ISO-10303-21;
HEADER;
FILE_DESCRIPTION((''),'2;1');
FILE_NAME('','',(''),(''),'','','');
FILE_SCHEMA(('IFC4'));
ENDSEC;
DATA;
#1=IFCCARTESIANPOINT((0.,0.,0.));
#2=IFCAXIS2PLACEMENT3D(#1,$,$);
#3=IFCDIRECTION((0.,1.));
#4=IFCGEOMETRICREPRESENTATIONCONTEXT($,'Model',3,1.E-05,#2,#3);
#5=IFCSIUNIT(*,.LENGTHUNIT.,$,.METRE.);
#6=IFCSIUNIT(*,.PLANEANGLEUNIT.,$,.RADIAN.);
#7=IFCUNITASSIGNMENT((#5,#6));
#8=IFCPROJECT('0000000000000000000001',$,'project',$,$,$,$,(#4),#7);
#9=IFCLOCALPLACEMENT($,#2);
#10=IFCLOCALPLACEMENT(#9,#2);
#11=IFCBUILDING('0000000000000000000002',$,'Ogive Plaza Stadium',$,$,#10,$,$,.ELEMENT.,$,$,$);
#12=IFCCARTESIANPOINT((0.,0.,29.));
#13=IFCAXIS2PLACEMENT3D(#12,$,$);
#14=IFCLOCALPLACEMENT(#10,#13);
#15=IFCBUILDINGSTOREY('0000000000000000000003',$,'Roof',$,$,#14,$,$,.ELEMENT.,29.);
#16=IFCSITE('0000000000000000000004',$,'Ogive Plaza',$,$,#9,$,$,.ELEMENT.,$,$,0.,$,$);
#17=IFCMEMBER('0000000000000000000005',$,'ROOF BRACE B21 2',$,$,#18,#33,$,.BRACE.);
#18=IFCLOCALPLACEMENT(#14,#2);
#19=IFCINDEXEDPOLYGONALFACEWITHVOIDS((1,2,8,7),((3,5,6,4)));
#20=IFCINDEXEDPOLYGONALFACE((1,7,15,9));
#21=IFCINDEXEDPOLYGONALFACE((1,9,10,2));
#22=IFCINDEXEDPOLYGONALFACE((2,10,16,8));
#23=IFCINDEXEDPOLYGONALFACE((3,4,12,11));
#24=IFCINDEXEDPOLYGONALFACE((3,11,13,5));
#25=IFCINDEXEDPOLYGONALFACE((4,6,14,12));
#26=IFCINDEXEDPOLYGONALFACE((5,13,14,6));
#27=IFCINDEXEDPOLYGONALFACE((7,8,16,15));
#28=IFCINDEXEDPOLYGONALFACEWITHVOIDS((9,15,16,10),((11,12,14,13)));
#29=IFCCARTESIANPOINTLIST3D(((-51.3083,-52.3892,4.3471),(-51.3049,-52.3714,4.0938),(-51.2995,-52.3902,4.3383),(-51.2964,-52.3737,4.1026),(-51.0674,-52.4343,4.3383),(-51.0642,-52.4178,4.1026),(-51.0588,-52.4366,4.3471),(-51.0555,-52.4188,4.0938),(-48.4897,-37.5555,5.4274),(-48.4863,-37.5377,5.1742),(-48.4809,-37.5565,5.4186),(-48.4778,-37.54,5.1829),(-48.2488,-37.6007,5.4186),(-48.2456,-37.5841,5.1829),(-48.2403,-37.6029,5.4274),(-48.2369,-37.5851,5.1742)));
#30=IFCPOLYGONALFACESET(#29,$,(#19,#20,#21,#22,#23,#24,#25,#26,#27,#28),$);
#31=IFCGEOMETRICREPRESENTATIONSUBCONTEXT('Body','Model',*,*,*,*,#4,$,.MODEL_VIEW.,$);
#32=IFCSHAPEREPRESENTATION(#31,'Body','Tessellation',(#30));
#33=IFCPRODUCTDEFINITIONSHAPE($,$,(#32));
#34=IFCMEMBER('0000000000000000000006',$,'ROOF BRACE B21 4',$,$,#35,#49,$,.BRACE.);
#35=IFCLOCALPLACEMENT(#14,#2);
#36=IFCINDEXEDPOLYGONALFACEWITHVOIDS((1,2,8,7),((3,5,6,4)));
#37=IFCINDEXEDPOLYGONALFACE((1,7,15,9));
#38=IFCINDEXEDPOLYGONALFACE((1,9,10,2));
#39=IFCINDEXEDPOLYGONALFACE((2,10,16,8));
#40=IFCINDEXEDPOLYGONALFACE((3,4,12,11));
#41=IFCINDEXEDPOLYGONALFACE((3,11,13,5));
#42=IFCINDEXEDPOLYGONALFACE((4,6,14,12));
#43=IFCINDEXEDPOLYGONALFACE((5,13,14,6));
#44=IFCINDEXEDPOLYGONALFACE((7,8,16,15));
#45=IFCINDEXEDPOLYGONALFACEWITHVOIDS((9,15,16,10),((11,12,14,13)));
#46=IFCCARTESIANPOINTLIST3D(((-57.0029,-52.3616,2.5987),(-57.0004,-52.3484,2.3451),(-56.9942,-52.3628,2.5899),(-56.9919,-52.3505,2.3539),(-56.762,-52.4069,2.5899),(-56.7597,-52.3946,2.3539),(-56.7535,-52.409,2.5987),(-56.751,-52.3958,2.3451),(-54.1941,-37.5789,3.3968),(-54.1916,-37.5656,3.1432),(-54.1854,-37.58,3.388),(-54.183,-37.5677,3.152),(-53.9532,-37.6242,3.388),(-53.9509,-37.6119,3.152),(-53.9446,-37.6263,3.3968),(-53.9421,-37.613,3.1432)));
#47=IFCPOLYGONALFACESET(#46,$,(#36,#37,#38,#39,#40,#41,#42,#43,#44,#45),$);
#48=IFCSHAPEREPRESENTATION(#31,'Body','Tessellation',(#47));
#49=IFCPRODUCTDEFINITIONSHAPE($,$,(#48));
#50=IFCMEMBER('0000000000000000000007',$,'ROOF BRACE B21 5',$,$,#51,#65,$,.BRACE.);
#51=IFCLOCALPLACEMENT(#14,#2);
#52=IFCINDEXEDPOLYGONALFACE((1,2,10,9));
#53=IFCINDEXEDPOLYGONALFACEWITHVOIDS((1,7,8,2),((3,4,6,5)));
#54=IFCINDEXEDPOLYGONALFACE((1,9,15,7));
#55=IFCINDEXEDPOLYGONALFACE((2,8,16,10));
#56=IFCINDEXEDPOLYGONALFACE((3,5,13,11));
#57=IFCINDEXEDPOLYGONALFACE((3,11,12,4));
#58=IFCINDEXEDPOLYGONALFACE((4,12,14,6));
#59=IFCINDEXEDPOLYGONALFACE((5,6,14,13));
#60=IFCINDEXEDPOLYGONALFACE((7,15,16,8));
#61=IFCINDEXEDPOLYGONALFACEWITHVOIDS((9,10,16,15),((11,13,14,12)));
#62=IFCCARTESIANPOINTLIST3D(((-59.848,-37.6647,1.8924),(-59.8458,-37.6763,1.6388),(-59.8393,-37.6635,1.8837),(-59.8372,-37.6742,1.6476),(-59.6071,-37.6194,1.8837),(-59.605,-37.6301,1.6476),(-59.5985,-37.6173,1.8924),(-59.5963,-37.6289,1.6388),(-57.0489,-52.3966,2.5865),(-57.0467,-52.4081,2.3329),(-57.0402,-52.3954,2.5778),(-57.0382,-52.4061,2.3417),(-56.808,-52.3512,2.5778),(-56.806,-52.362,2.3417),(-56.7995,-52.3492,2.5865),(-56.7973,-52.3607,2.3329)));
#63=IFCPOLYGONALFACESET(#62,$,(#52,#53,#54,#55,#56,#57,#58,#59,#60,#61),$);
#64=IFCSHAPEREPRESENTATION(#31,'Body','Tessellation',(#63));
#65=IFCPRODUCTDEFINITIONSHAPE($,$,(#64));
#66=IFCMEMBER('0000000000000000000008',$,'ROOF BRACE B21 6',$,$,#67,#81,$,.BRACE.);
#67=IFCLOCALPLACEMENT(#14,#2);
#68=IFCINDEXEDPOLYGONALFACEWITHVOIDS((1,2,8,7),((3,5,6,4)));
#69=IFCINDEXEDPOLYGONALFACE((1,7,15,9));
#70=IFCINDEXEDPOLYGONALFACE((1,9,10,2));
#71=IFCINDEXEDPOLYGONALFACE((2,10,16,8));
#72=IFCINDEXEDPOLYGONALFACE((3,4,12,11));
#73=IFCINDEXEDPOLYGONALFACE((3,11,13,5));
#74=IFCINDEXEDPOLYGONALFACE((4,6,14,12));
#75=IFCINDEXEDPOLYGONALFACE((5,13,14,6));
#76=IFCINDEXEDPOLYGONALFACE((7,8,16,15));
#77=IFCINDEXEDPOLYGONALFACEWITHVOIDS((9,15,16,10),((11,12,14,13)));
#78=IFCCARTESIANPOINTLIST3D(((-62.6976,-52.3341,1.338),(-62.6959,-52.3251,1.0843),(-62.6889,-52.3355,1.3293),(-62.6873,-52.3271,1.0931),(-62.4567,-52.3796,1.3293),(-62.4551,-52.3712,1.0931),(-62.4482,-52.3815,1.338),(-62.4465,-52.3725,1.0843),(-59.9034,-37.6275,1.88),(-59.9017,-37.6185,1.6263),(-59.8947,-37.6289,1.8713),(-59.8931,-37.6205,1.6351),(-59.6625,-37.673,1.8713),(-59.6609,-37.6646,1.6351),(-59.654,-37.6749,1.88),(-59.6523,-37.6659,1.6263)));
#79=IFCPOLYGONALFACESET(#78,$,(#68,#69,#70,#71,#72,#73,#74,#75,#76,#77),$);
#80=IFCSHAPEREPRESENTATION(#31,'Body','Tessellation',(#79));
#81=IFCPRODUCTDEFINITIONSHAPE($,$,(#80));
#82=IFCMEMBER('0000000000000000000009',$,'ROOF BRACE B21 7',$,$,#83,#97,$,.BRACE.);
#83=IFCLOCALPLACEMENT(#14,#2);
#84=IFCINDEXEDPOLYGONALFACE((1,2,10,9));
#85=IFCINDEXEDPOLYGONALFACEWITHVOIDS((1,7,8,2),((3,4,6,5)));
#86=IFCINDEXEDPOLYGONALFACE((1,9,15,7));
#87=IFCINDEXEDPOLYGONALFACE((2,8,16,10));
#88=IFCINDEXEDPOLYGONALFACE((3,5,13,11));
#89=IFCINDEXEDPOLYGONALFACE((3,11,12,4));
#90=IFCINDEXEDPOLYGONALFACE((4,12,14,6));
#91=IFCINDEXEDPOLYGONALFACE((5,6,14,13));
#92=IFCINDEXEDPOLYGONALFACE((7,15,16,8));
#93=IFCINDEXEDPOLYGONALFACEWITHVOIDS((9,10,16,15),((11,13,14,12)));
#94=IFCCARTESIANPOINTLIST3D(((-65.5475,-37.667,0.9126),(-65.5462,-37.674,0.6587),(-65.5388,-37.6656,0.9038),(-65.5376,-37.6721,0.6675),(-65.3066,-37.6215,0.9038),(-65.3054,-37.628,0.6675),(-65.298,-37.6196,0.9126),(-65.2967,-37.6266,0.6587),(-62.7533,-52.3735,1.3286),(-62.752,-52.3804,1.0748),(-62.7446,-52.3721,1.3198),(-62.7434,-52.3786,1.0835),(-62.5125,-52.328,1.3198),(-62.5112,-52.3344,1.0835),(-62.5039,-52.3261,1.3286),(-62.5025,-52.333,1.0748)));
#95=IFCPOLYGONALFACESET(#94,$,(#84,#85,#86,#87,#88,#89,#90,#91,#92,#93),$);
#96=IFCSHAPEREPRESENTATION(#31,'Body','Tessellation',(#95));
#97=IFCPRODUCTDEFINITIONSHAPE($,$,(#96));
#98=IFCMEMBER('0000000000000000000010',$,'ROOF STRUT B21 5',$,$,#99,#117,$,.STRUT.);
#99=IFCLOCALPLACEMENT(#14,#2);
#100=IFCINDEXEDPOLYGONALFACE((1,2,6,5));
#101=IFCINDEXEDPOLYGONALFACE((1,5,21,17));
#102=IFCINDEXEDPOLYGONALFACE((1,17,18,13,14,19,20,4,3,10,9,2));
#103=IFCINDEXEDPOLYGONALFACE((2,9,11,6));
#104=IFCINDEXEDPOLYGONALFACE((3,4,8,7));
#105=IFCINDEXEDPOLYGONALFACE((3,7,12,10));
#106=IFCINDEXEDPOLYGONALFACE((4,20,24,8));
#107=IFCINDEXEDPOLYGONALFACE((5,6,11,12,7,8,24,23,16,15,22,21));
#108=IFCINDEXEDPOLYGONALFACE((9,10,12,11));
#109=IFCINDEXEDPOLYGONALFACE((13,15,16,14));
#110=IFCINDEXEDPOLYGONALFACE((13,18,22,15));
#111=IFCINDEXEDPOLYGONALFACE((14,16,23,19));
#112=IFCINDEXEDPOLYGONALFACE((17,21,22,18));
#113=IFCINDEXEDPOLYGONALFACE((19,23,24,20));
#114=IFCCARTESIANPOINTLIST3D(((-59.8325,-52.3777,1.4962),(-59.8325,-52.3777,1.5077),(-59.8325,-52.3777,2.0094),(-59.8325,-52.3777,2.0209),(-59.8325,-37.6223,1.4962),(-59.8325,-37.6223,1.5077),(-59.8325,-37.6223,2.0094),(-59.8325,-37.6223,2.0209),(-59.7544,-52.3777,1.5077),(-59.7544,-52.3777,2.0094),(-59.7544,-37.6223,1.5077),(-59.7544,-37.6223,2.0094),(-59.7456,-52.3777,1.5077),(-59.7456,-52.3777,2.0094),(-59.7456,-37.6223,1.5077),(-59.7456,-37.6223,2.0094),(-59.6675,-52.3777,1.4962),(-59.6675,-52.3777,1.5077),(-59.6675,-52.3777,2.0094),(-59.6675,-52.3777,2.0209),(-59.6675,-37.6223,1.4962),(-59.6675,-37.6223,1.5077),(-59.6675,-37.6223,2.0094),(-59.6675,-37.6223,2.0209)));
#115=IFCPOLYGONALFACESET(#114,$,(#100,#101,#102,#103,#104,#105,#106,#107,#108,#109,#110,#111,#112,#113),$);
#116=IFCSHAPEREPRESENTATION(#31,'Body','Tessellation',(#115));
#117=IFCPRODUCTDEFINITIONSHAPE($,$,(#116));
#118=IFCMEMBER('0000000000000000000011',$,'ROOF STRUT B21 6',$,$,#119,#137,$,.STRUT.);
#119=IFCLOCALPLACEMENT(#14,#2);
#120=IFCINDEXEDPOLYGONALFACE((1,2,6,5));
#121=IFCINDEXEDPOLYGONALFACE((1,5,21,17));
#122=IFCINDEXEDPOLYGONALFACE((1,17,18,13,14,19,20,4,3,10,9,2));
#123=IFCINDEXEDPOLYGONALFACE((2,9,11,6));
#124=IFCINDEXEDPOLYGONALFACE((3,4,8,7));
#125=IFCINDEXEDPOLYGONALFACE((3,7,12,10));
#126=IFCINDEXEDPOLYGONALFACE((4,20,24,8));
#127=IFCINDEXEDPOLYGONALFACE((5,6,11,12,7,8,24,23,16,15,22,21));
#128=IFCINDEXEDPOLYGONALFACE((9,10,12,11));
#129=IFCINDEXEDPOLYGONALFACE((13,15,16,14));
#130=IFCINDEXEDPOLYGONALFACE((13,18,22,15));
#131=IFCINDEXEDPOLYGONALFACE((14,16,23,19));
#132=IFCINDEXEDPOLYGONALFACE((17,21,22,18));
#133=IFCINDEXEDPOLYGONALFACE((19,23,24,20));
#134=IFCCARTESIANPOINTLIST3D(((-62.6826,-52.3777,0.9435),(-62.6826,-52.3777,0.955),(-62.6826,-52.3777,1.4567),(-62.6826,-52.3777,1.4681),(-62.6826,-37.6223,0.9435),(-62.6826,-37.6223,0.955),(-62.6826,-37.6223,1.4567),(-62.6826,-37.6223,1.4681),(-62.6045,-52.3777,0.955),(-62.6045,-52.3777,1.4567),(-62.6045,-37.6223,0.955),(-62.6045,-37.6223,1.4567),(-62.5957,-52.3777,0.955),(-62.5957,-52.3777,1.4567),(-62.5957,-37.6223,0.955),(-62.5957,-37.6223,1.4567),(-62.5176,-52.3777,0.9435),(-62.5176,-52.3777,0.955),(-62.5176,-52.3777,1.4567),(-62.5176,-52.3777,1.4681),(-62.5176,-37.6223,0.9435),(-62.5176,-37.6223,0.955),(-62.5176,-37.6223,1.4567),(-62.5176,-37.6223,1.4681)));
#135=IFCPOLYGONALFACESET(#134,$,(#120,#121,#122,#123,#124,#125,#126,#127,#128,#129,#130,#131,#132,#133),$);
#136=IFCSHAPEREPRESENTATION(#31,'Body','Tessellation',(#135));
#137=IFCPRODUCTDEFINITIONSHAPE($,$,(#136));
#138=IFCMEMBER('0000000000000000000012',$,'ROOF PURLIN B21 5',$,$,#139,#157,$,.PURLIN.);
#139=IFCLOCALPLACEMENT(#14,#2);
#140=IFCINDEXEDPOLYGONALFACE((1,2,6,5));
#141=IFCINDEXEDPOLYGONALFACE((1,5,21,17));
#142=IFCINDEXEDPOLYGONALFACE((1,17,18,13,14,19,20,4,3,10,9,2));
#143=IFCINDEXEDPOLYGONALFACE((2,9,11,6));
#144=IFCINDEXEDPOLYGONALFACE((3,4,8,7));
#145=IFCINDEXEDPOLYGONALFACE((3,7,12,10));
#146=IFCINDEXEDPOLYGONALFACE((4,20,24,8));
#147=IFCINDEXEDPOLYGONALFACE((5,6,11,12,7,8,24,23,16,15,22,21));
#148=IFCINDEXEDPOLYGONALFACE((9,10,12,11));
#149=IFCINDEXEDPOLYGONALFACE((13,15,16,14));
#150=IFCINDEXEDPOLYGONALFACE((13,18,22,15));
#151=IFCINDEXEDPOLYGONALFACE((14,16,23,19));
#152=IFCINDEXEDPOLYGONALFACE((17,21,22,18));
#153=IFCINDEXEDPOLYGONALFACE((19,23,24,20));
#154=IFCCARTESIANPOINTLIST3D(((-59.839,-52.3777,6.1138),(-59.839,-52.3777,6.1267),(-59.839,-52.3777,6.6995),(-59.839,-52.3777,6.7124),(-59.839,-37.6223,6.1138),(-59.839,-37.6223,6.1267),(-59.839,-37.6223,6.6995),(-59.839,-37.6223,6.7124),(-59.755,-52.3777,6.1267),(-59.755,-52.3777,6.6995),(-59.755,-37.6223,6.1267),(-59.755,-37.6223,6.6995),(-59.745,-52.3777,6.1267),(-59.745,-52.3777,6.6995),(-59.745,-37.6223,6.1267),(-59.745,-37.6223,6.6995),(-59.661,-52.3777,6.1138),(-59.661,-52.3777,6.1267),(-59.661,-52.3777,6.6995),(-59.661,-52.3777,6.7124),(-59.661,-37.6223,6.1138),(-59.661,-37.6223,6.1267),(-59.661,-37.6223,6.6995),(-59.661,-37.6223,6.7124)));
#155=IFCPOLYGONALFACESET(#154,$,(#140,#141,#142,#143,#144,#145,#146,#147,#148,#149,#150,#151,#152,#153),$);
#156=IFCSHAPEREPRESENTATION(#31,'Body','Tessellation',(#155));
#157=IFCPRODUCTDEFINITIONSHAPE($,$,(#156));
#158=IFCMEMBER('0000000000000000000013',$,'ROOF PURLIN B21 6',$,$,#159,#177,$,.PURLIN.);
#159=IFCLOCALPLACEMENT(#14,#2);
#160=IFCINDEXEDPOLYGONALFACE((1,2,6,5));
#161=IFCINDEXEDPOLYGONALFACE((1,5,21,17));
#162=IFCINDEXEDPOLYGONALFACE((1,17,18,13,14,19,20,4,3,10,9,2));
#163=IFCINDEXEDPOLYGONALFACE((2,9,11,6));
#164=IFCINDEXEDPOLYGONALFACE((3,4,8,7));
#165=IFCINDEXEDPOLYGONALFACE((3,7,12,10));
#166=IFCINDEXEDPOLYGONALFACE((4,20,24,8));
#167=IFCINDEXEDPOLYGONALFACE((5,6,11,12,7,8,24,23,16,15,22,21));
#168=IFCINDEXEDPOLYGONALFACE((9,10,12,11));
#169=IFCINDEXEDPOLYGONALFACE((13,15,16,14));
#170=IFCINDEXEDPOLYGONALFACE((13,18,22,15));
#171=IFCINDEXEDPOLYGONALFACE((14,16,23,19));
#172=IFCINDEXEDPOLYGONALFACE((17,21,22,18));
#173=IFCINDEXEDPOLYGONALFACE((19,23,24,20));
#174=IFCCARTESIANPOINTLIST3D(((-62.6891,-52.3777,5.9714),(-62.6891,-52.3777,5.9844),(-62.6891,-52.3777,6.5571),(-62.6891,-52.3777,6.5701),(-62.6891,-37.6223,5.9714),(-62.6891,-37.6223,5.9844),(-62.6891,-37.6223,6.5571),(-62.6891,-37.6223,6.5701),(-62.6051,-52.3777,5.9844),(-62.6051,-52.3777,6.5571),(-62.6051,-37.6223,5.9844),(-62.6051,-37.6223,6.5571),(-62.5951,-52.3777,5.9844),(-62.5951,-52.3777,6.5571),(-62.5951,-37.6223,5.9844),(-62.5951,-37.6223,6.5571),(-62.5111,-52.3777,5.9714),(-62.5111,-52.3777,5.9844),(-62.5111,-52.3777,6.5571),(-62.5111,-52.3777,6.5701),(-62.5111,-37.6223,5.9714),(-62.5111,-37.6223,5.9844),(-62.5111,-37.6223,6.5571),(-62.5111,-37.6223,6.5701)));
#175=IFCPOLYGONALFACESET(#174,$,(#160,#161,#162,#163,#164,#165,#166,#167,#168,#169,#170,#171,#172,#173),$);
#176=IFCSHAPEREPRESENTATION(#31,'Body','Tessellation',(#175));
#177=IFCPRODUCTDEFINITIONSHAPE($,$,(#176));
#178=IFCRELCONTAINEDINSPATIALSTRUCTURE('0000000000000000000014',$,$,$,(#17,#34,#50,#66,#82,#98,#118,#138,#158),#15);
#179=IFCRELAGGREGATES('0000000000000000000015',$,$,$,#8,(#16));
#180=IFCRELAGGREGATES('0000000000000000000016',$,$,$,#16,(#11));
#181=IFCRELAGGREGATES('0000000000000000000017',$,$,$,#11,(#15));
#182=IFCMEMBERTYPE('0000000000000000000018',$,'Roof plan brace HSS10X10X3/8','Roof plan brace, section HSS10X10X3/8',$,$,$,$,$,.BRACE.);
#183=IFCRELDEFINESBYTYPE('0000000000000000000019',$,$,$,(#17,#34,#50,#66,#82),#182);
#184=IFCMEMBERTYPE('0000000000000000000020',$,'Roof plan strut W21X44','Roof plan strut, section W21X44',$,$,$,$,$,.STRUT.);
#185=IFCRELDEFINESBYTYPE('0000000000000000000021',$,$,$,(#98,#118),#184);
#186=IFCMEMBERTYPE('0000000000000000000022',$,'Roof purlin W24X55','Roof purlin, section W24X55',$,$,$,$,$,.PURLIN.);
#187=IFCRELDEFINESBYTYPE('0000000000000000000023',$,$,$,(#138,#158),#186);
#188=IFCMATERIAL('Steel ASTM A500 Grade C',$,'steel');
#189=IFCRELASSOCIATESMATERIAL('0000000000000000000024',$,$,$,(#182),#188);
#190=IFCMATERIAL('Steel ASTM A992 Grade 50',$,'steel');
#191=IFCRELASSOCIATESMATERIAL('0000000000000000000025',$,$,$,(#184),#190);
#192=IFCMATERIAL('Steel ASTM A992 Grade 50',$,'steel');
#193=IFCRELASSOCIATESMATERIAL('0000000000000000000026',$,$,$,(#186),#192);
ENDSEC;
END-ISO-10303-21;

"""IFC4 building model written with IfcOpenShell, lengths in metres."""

from ifc_helpers import new_model, si_unit, direction, frame, origin, origin_2d, place, context, subcontext, project, spatial, hollow_rectangle, i_section, extrude, material, material_profile, profile_set, type_object, element, save


model = new_model("IFC4")

# Units and contexts
model_context = context("Model", 3, precision=1e-05, world=origin(), true_north=direction((0.0, 1.0)))
body_context = subcontext(model_context, "Body", "Model", "MODEL_VIEW")
ifc_project = project(units=[si_unit("LENGTHUNIT", "METRE"), si_unit("PLANEANGLEUNIT", "RADIAN")], contexts=[model_context])

# Site, building, storey
site_placement = place(None, origin())
site = spatial("IfcSite", under=ifc_project, at=site_placement, Name="Ogive Plaza", CompositionType="ELEMENT", RefElevation=0.0)
building_placement = place(site_placement, origin())
building = spatial("IfcBuilding", under=site, at=building_placement, Name="Ogive Plaza Stadium", CompositionType="ELEMENT")
storey_placement = place(building_placement, frame((0.0, 0.0, 29.0)))
storey = spatial("IfcBuildingStorey", under=building, at=storey_placement, Name="Roof", CompositionType="ELEMENT", Elevation=29.0)

# Members
ifc_material_1 = material(Name="Steel ASTM A500 Grade C", Category="steel")
ifc_material_profile_1 = material_profile(ifc_material_1, hollow_rectangle(XDim=0.2539, YDim=0.2539, WallThickness=0.0088, at=origin_2d()), Name="HSS10X10X3/8")
ifc_profile_set_1 = profile_set([ifc_material_profile_1], Name="Steel ASTM A500 Grade C")
member_type_1 = type_object("IfcMemberType", Name="Roof plan brace HSS10X10X3/8", Description="Roof plan brace, section HSS10X10X3/8", PredefinedType="BRACE", material=ifc_profile_set_1)
member_1_placement = place(storey_placement, frame((-48.3633, -37.5703, 5.3008), z_axis=(-0.186197, -0.979917, -0.071366), x_axis=(0.982422, -0.186673, 0.0)))
element("IfcMember", 1, at=member_1_placement, inside=storey, type_object=member_type_1, Name="ROOF BRACE B21 2", PredefinedType="BRACE", context=body_context, shape_type="SweptSolid", body=[
    extrude(hollow_rectangle(XDim=0.2539, YDim=0.2539, WallThickness=0.0088, at=origin_2d()), origin(), (0.0, 0.0, 1.0), 15.1377),
])
member_2_placement = place(storey_placement, frame((-54.0681, -37.5959, 3.27), z_axis=(-0.186406, -0.981044, -0.052965), x_axis=(0.982423, -0.186668, 0.0)))
element("IfcMember", 2, at=member_2_placement, inside=storey, type_object=member_type_1, Name="ROOF BRACE B21 4", PredefinedType="BRACE", context=body_context, shape_type="SweptSolid", body=[
    extrude(hollow_rectangle(XDim=0.2539, YDim=0.2539, WallThickness=0.0088, at=origin_2d()), origin(), (0.0, 0.0, 1.0), 15.0684),
])
member_3_placement = place(storey_placement, frame((-56.9231, -52.3787, 2.4597), z_axis=(-0.186461, 0.981374, -0.046237), x_axis=(-0.982424, -0.186661, 0.0)))
element("IfcMember", 3, at=member_3_placement, inside=storey, type_object=member_type_1, Name="ROOF BRACE B21 5", PredefinedType="BRACE", context=body_context, shape_type="SweptSolid", body=[
    extrude(hollow_rectangle(XDim=0.2539, YDim=0.2539, WallThickness=0.0088, at=origin_2d()), origin(), (0.0, 0.0, 1.0), 15.0115),
])
member_4_placement = place(storey_placement, frame((-59.7778, -37.6467, 1.7532), z_axis=(-0.186535, -0.981782, -0.036182), x_axis=(0.982425, -0.186657, 0.0)))
element("IfcMember", 4, at=member_4_placement, inside=storey, type_object=member_type_1, Name="ROOF BRACE B21 6", PredefinedType="BRACE", context=body_context, shape_type="SweptSolid", body=[
    extrude(hollow_rectangle(XDim=0.2539, YDim=0.2539, WallThickness=0.0088, at=origin_2d()), origin(), (0.0, 0.0, 1.0), 14.9795),
])
member_5_placement = place(storey_placement, frame((-62.6279, -52.3533, 1.2017), z_axis=(-0.186585, 0.982046, -0.02778), x_axis=(-0.982425, -0.186657, 0.0)))
element("IfcMember", 5, at=member_5_placement, inside=storey, type_object=member_type_1, Name="ROOF BRACE B21 7", PredefinedType="BRACE", context=body_context, shape_type="SweptSolid", body=[
    extrude(hollow_rectangle(XDim=0.2539, YDim=0.2539, WallThickness=0.0088, at=origin_2d()), origin(), (0.0, 0.0, 1.0), 14.9753),
])
ifc_material_2 = material(Name="Steel ASTM A992 Grade 50", Category="steel")
ifc_material_profile_2 = material_profile(ifc_material_2, i_section(OverallWidth=0.165, OverallDepth=0.5247, WebThickness=0.0088, FlangeThickness=0.0115, at=origin_2d()), Name="W21X44")
ifc_profile_set_2 = profile_set([ifc_material_profile_2], Name="Steel ASTM A992 Grade 50")
member_type_2 = type_object("IfcMemberType", Name="Roof plan strut W21X44", Description="Roof plan strut, section W21X44", PredefinedType="STRUT", material=ifc_profile_set_2)
for number, where, z_axis, x_axis, name in (
    (6, (-59.75, -52.3777, 1.7585), (0.0, 1.0, 0.0), (-1.0, 0.0, 0.0), "ROOF STRUT B21 5"),
    (7, (-62.6001, -52.3777, 1.2058), (0.0, 1.0, 0.0), (-1.0, 0.0, 0.0), "ROOF STRUT B21 6"),
):
    element("IfcMember", number, at=place(storey_placement, frame(where, z_axis=z_axis, x_axis=x_axis)), inside=storey, type_object=member_type_2, Name=name, PredefinedType="STRUT", context=body_context, shape_type="SweptSolid", body=[
        extrude(i_section(OverallWidth=0.165, OverallDepth=0.5247, WebThickness=0.0088, FlangeThickness=0.0115, at=origin_2d()), origin(), (0.0, 0.0, 1.0), 14.7554),
    ])
ifc_material_3 = material(Name="Steel ASTM A992 Grade 50", Category="steel")
ifc_material_profile_3 = material_profile(ifc_material_3, i_section(OverallWidth=0.178, OverallDepth=0.5986, WebThickness=0.01, FlangeThickness=0.0129, at=origin_2d()), Name="W24X55")
ifc_profile_set_3 = profile_set([ifc_material_profile_3], Name="Steel ASTM A992 Grade 50")
member_type_3 = type_object("IfcMemberType", Name="Roof purlin W24X55", Description="Roof purlin, section W24X55", PredefinedType="PURLIN", material=ifc_profile_set_3)
for number, where, z_axis, x_axis, name in (
    (8, (-59.75, -52.3777, 6.4131), (0.0, 1.0, 0.0), (-1.0, 0.0, 0.0), "ROOF PURLIN B21 5"),
    (9, (-62.6001, -52.3777, 6.2708), (0.0, 1.0, 0.0), (-1.0, 0.0, 0.0), "ROOF PURLIN B21 6"),
):
    element("IfcMember", number, at=place(storey_placement, frame(where, z_axis=z_axis, x_axis=x_axis)), inside=storey, type_object=member_type_3, Name=name, PredefinedType="PURLIN", context=body_context, shape_type="SweptSolid", body=[
        extrude(i_section(OverallWidth=0.178, OverallDepth=0.5986, WebThickness=0.01, FlangeThickness=0.0129, at=origin_2d()), origin(), (0.0, 0.0, 1.0), 14.7554),
    ])

save(model, "model.ifc")
